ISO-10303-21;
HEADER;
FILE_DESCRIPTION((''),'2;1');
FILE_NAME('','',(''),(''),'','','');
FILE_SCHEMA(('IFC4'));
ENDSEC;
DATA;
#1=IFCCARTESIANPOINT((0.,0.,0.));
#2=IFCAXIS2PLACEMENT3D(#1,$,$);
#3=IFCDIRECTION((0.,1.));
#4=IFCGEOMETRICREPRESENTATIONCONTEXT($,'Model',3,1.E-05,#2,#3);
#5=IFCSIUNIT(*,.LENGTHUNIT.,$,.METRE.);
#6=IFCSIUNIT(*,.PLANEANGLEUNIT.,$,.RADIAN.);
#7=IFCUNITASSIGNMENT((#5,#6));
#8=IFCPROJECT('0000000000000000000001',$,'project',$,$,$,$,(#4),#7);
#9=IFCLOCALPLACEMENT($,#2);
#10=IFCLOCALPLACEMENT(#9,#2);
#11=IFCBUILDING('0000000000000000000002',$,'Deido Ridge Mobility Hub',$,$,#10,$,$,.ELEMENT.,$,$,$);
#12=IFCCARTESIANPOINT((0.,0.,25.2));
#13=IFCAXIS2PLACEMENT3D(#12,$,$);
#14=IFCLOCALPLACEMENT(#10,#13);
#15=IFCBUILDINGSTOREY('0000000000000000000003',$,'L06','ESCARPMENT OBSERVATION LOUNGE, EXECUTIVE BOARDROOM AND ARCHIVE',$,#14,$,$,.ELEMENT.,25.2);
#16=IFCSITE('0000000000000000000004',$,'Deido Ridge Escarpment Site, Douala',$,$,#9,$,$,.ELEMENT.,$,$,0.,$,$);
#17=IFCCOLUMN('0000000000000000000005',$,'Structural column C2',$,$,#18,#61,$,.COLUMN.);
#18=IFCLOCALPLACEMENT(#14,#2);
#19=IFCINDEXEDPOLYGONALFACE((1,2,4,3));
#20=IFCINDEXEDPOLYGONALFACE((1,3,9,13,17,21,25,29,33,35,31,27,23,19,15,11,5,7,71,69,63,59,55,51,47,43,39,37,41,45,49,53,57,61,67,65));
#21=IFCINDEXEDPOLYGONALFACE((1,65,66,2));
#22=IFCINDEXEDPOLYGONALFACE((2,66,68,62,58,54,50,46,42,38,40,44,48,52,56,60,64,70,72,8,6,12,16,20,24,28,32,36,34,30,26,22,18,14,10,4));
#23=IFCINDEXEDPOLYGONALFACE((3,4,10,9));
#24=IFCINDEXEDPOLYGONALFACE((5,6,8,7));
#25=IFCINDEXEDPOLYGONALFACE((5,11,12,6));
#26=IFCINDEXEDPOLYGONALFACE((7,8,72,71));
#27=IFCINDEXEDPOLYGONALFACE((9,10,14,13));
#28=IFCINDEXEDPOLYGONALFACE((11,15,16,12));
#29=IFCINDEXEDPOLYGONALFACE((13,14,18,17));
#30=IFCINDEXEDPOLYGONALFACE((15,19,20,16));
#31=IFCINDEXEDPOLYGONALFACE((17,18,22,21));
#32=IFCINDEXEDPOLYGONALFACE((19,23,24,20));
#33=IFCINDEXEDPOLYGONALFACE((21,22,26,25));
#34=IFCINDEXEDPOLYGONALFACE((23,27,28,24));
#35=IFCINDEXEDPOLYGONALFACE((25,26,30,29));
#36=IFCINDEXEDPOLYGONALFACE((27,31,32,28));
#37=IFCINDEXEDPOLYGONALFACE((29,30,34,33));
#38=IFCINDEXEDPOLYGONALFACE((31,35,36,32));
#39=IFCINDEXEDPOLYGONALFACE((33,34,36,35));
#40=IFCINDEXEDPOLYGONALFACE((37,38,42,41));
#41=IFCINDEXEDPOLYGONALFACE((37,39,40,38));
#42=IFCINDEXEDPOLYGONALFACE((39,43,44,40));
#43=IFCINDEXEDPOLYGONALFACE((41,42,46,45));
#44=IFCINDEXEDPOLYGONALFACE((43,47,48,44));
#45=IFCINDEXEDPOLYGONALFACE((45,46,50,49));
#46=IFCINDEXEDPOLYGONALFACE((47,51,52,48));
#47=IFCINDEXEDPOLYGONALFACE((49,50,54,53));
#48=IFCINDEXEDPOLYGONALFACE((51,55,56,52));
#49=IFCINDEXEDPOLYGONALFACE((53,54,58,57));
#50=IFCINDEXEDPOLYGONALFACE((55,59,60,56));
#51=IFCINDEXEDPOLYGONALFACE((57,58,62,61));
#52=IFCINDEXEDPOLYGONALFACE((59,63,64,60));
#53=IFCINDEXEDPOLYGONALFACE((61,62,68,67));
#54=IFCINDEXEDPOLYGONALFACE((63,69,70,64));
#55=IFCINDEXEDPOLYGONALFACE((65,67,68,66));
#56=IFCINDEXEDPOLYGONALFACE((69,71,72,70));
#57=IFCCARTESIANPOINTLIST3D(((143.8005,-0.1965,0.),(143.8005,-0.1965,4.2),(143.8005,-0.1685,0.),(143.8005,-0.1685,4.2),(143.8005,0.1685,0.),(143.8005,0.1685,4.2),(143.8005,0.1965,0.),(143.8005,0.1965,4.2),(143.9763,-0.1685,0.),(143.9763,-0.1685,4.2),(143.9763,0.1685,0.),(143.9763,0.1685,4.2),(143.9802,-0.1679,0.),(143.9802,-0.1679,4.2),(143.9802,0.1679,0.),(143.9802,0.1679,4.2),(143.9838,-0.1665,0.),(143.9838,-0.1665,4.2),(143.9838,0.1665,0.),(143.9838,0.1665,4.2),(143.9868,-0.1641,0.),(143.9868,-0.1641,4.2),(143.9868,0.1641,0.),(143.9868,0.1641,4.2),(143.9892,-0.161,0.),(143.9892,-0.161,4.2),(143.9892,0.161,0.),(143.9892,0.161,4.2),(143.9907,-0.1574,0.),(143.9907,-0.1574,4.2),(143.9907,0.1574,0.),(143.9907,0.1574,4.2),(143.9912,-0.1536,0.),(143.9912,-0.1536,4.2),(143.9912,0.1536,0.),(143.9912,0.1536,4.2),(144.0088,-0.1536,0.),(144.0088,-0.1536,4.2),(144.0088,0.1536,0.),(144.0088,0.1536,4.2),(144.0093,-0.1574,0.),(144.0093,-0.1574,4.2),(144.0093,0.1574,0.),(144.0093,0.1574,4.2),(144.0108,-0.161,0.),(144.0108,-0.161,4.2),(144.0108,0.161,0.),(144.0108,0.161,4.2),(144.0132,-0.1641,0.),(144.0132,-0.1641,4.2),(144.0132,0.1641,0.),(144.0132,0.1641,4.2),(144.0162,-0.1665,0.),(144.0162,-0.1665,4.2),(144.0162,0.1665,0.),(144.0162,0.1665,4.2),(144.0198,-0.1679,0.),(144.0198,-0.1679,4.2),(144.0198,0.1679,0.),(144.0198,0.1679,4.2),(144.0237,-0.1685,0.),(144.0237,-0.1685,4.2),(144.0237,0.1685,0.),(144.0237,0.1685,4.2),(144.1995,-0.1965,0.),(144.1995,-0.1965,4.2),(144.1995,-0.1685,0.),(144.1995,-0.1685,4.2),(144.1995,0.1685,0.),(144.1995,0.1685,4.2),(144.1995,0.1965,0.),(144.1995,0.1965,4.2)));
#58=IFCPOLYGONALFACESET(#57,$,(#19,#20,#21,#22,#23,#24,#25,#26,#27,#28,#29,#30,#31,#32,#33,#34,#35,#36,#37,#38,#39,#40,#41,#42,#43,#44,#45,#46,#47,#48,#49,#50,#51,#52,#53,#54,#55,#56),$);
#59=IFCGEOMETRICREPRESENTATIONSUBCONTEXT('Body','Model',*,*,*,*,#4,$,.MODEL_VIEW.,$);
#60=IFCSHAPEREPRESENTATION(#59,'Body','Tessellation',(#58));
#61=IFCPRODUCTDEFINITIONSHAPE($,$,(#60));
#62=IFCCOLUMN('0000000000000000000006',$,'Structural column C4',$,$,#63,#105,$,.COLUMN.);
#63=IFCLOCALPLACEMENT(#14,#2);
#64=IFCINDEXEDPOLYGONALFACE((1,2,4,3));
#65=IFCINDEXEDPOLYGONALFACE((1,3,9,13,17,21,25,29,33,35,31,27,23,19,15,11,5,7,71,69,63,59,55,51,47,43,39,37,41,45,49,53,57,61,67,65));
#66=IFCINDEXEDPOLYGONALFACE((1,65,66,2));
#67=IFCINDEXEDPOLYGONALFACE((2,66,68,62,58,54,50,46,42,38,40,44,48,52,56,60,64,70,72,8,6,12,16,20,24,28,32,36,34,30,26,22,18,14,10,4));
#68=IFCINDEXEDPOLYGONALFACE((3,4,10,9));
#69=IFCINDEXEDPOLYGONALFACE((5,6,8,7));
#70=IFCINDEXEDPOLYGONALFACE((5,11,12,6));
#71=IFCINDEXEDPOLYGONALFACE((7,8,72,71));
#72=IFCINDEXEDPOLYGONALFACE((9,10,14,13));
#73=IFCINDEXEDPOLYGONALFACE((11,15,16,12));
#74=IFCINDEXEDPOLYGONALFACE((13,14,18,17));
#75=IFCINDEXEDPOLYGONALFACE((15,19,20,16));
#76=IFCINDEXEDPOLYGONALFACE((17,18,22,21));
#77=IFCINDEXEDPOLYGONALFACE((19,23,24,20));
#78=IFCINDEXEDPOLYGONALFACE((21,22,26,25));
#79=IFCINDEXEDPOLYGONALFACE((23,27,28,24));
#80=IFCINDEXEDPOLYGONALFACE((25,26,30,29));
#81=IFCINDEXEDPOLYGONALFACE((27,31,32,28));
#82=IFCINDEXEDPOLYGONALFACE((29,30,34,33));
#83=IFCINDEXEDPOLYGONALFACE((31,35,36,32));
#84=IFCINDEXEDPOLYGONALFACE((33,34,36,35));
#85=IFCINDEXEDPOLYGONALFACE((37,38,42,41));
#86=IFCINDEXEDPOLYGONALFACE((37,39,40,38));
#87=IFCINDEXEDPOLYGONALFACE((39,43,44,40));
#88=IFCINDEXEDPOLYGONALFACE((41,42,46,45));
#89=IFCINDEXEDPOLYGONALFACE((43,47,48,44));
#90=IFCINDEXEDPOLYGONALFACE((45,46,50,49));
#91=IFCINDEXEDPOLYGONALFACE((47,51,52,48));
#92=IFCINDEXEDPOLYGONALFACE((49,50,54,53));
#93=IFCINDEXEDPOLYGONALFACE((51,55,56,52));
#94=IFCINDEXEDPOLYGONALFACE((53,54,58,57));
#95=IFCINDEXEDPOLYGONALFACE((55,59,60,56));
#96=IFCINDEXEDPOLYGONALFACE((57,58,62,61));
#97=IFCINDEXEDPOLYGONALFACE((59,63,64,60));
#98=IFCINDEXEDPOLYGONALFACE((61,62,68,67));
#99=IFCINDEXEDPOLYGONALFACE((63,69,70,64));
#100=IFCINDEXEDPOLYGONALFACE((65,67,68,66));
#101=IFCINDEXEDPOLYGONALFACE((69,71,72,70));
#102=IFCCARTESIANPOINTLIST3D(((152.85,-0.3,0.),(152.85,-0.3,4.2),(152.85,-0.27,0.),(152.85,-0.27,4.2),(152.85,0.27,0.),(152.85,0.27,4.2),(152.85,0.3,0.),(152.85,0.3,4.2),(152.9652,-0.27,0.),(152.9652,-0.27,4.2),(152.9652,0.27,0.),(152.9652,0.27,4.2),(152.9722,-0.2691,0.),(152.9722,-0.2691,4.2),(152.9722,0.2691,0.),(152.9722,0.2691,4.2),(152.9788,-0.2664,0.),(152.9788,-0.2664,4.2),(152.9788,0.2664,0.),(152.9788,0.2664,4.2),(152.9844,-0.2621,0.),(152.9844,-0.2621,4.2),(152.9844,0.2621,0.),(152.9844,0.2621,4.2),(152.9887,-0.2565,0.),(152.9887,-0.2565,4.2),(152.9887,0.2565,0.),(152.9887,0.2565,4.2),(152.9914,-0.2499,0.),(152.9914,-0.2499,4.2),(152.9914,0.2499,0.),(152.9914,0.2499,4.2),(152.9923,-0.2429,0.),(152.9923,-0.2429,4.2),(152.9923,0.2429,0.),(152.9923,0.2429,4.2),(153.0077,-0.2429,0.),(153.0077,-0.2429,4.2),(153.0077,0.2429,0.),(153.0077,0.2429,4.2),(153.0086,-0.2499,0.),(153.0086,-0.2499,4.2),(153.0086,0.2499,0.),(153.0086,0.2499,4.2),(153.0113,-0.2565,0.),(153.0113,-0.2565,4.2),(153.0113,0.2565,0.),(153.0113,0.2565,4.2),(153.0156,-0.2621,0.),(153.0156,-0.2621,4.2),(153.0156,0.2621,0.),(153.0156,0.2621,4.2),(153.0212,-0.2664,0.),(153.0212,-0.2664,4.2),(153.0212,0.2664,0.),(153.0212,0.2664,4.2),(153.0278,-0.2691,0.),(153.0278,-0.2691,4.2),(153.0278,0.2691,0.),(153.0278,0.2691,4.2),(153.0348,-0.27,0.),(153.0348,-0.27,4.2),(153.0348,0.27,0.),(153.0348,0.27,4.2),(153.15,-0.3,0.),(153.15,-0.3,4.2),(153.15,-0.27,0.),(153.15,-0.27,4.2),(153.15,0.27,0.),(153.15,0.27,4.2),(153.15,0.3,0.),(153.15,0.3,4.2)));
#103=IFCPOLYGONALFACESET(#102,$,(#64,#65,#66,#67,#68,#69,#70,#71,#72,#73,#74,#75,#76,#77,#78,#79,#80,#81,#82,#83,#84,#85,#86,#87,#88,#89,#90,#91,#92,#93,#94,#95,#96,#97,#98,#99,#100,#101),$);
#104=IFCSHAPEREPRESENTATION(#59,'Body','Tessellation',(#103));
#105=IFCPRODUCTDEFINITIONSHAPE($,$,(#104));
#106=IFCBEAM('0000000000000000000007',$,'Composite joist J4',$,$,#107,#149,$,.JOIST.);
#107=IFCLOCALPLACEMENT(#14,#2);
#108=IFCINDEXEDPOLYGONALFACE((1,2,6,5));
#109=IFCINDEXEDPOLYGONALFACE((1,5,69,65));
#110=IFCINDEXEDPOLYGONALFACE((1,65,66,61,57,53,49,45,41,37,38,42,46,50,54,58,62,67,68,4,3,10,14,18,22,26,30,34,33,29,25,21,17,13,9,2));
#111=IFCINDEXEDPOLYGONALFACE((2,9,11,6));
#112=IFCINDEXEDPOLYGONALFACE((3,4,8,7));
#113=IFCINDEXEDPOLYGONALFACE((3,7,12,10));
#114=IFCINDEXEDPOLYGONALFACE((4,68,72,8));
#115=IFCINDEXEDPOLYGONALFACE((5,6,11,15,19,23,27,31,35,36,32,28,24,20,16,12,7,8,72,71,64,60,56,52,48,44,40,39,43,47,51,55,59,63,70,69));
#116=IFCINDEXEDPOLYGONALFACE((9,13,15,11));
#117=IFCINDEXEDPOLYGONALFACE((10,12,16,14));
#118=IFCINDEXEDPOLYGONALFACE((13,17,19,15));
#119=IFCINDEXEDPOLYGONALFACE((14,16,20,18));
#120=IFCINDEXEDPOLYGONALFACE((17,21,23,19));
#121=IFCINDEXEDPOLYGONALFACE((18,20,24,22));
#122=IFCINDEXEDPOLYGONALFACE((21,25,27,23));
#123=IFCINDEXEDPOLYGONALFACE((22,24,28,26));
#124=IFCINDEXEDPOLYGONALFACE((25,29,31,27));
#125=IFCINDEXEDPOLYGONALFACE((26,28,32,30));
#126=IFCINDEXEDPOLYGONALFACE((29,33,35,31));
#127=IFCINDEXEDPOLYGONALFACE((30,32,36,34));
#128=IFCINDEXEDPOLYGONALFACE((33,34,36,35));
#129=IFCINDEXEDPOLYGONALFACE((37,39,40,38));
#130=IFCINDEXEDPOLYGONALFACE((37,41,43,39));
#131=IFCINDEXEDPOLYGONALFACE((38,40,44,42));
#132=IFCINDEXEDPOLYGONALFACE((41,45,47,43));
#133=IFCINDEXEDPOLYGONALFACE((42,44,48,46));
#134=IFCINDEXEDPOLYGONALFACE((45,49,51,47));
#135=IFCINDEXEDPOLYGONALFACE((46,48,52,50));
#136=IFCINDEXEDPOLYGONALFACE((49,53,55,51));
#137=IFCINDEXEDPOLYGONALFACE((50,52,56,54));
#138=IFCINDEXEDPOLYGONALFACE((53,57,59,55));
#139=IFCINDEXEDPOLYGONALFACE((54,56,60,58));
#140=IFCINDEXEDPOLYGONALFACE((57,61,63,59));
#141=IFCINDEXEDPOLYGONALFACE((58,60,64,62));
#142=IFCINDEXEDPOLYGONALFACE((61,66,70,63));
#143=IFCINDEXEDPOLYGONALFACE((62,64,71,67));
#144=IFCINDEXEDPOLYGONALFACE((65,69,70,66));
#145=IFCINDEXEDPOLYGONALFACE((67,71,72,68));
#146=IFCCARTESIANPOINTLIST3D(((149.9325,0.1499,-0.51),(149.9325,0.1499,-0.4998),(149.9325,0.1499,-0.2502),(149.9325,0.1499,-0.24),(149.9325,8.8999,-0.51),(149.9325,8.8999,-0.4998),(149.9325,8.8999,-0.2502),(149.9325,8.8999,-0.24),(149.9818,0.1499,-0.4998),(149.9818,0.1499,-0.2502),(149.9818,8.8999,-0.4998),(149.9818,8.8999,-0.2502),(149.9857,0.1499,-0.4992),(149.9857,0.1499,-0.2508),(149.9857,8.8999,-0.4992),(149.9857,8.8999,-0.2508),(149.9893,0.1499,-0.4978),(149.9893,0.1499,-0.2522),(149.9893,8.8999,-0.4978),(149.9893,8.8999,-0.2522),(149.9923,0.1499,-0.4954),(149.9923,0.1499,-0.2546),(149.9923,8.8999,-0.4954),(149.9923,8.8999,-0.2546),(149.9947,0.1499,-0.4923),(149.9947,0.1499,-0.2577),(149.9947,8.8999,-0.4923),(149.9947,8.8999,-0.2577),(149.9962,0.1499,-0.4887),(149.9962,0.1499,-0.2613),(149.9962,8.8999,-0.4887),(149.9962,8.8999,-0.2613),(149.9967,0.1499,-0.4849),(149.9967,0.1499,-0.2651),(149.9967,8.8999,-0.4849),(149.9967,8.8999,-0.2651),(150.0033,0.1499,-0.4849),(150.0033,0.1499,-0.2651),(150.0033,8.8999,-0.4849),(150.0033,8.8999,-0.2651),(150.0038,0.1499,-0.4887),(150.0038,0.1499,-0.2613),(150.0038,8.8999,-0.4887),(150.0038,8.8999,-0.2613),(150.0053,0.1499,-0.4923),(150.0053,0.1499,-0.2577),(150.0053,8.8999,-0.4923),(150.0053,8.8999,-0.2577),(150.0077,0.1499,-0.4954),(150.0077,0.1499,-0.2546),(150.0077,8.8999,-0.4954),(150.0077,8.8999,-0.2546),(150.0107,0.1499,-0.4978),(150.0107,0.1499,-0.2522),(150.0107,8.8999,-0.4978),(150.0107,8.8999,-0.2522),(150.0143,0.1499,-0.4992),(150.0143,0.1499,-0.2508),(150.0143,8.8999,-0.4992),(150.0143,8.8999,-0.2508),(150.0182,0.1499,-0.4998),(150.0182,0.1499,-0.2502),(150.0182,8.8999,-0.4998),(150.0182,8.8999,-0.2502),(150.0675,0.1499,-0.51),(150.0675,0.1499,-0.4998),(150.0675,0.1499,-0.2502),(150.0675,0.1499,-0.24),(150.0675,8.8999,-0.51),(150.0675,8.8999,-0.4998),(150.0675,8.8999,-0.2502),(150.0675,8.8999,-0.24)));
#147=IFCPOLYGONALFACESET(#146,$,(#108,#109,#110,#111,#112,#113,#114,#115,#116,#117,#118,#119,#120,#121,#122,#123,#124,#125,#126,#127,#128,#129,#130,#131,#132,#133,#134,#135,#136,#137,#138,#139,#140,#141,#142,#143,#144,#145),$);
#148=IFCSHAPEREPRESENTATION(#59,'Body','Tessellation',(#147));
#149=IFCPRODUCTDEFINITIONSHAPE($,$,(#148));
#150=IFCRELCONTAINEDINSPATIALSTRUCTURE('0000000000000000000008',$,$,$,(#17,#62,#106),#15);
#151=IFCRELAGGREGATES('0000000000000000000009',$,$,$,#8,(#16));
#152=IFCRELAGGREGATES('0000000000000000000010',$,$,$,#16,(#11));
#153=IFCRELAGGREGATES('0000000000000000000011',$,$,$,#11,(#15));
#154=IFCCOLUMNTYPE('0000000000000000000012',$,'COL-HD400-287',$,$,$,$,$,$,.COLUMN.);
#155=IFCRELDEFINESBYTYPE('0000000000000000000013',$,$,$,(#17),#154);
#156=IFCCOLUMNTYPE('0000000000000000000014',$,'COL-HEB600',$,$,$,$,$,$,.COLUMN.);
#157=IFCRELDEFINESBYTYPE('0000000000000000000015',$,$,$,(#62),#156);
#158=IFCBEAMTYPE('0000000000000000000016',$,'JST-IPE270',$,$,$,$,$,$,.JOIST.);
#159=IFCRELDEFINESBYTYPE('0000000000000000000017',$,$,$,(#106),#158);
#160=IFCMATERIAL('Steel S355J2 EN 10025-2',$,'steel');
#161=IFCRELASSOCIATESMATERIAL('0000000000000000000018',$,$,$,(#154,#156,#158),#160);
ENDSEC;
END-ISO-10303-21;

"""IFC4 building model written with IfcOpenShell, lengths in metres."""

from ifc_helpers import new_model, si_unit, direction, frame, origin, origin_2d, place, context, subcontext, project, spatial, i_section, extrude, material, material_profile, profile_set, type_object, element, save


model = new_model("IFC4")

# Units and contexts
model_context = context("Model", 3, precision=1e-05, world=origin(), true_north=direction((0.0, 1.0)))
body_context = subcontext(model_context, "Body", "Model", "MODEL_VIEW")
ifc_project = project(units=[si_unit("LENGTHUNIT", "METRE"), si_unit("PLANEANGLEUNIT", "RADIAN")], contexts=[model_context])

# Site, building, storey
site_placement = place(None, origin())
site = spatial("IfcSite", under=ifc_project, at=site_placement, Name="Deido Ridge Escarpment Site, Douala", CompositionType="ELEMENT", RefElevation=0.0)
building_placement = place(site_placement, origin())
building = spatial("IfcBuilding", under=site, at=building_placement, Name="Deido Ridge Mobility Hub", CompositionType="ELEMENT")
storey_placement = place(building_placement, frame((0.0, 0.0, 25.2)))
storey = spatial("IfcBuildingStorey", under=building, at=storey_placement, Name="L06", Description="ESCARPMENT OBSERVATION LOUNGE, EXECUTIVE BOARDROOM AND ARCHIVE", CompositionType="ELEMENT", Elevation=25.2)

# Columns
ifc_material_1 = material(Name="Steel S355J2 EN 10025-2", Category="steel")
ifc_material_profile_1 = material_profile(ifc_material_1, i_section(OverallWidth=0.3989, OverallDepth=0.3931, WebThickness=0.0176, FlangeThickness=0.0281, FilletRadius=0.0149, at=origin_2d()), Name="HD 400x287")
ifc_profile_set_1 = profile_set([ifc_material_profile_1], Name="Steel S355J2 EN 10025-2")
column_type_1 = type_object("IfcColumnType", Name="COL-HD400-287", PredefinedType="COLUMN", material=ifc_profile_set_1)
column_1_placement = place(storey_placement, frame((144.0, 0.0, 0.0), z_axis=(0.0, 0.0, 1.0), x_axis=(1.0, 0.0, 0.0)))
element("IfcColumn", 1, at=column_1_placement, inside=storey, type_object=column_type_1, Name="Structural column C2", PredefinedType="COLUMN", context=body_context, shape_type="SweptSolid", body=[
    extrude(i_section(OverallWidth=0.3989, OverallDepth=0.3931, WebThickness=0.0176, FlangeThickness=0.0281, FilletRadius=0.0149, at=origin_2d()), origin(), (0.0, 0.0, 1.0), 4.2),
])
ifc_material_profile_2 = material_profile(ifc_material_1, i_section(OverallWidth=0.3, OverallDepth=0.6001, WebThickness=0.0154, FlangeThickness=0.03, FilletRadius=0.0271, at=origin_2d()), Name="HEB 600")
ifc_profile_set_2 = profile_set([ifc_material_profile_2], Name="Steel S355J2 EN 10025-2")
column_type_2 = type_object("IfcColumnType", Name="COL-HEB600", PredefinedType="COLUMN", material=ifc_profile_set_2)
column_2_placement = place(storey_placement, frame((153.0, 0.0, 0.0), z_axis=(0.0, 0.0, 1.0), x_axis=(1.0, 0.0, 0.0)))
element("IfcColumn", 2, at=column_2_placement, inside=storey, type_object=column_type_2, Name="Structural column C4", PredefinedType="COLUMN", context=body_context, shape_type="SweptSolid", body=[
    extrude(i_section(OverallWidth=0.3, OverallDepth=0.6001, WebThickness=0.0154, FlangeThickness=0.03, FilletRadius=0.0271, at=origin_2d()), origin(), (0.0, 0.0, 1.0), 4.2),
])

# Beam
ifc_material_profile_3 = material_profile(ifc_material_1, i_section(OverallWidth=0.135, OverallDepth=0.27, WebThickness=0.0066, FlangeThickness=0.0103, FilletRadius=0.0149, at=origin_2d()), Name="IPE 270")
ifc_profile_set_3 = profile_set([ifc_material_profile_3], Name="Steel S355J2 EN 10025-2")
beam_type_1 = type_object("IfcBeamType", Name="JST-IPE270", PredefinedType="JOIST", material=ifc_profile_set_3)
beam_1_placement = place(storey_placement, frame((150.0, 0.1499, -0.375), z_axis=(0.0, 1.0, 0.0), x_axis=(-1.0, 0.0, 0.0)))
element("IfcBeam", 3, at=beam_1_placement, inside=storey, type_object=beam_type_1, Name="Composite joist J4", PredefinedType="JOIST", context=body_context, shape_type="SweptSolid", body=[
    extrude(i_section(OverallWidth=0.135, OverallDepth=0.27, WebThickness=0.0066, FlangeThickness=0.0103, FilletRadius=0.0149, at=origin_2d()), origin(), (0.0, 0.0, 1.0), 8.75),
])

save(model, "model.ifc")
